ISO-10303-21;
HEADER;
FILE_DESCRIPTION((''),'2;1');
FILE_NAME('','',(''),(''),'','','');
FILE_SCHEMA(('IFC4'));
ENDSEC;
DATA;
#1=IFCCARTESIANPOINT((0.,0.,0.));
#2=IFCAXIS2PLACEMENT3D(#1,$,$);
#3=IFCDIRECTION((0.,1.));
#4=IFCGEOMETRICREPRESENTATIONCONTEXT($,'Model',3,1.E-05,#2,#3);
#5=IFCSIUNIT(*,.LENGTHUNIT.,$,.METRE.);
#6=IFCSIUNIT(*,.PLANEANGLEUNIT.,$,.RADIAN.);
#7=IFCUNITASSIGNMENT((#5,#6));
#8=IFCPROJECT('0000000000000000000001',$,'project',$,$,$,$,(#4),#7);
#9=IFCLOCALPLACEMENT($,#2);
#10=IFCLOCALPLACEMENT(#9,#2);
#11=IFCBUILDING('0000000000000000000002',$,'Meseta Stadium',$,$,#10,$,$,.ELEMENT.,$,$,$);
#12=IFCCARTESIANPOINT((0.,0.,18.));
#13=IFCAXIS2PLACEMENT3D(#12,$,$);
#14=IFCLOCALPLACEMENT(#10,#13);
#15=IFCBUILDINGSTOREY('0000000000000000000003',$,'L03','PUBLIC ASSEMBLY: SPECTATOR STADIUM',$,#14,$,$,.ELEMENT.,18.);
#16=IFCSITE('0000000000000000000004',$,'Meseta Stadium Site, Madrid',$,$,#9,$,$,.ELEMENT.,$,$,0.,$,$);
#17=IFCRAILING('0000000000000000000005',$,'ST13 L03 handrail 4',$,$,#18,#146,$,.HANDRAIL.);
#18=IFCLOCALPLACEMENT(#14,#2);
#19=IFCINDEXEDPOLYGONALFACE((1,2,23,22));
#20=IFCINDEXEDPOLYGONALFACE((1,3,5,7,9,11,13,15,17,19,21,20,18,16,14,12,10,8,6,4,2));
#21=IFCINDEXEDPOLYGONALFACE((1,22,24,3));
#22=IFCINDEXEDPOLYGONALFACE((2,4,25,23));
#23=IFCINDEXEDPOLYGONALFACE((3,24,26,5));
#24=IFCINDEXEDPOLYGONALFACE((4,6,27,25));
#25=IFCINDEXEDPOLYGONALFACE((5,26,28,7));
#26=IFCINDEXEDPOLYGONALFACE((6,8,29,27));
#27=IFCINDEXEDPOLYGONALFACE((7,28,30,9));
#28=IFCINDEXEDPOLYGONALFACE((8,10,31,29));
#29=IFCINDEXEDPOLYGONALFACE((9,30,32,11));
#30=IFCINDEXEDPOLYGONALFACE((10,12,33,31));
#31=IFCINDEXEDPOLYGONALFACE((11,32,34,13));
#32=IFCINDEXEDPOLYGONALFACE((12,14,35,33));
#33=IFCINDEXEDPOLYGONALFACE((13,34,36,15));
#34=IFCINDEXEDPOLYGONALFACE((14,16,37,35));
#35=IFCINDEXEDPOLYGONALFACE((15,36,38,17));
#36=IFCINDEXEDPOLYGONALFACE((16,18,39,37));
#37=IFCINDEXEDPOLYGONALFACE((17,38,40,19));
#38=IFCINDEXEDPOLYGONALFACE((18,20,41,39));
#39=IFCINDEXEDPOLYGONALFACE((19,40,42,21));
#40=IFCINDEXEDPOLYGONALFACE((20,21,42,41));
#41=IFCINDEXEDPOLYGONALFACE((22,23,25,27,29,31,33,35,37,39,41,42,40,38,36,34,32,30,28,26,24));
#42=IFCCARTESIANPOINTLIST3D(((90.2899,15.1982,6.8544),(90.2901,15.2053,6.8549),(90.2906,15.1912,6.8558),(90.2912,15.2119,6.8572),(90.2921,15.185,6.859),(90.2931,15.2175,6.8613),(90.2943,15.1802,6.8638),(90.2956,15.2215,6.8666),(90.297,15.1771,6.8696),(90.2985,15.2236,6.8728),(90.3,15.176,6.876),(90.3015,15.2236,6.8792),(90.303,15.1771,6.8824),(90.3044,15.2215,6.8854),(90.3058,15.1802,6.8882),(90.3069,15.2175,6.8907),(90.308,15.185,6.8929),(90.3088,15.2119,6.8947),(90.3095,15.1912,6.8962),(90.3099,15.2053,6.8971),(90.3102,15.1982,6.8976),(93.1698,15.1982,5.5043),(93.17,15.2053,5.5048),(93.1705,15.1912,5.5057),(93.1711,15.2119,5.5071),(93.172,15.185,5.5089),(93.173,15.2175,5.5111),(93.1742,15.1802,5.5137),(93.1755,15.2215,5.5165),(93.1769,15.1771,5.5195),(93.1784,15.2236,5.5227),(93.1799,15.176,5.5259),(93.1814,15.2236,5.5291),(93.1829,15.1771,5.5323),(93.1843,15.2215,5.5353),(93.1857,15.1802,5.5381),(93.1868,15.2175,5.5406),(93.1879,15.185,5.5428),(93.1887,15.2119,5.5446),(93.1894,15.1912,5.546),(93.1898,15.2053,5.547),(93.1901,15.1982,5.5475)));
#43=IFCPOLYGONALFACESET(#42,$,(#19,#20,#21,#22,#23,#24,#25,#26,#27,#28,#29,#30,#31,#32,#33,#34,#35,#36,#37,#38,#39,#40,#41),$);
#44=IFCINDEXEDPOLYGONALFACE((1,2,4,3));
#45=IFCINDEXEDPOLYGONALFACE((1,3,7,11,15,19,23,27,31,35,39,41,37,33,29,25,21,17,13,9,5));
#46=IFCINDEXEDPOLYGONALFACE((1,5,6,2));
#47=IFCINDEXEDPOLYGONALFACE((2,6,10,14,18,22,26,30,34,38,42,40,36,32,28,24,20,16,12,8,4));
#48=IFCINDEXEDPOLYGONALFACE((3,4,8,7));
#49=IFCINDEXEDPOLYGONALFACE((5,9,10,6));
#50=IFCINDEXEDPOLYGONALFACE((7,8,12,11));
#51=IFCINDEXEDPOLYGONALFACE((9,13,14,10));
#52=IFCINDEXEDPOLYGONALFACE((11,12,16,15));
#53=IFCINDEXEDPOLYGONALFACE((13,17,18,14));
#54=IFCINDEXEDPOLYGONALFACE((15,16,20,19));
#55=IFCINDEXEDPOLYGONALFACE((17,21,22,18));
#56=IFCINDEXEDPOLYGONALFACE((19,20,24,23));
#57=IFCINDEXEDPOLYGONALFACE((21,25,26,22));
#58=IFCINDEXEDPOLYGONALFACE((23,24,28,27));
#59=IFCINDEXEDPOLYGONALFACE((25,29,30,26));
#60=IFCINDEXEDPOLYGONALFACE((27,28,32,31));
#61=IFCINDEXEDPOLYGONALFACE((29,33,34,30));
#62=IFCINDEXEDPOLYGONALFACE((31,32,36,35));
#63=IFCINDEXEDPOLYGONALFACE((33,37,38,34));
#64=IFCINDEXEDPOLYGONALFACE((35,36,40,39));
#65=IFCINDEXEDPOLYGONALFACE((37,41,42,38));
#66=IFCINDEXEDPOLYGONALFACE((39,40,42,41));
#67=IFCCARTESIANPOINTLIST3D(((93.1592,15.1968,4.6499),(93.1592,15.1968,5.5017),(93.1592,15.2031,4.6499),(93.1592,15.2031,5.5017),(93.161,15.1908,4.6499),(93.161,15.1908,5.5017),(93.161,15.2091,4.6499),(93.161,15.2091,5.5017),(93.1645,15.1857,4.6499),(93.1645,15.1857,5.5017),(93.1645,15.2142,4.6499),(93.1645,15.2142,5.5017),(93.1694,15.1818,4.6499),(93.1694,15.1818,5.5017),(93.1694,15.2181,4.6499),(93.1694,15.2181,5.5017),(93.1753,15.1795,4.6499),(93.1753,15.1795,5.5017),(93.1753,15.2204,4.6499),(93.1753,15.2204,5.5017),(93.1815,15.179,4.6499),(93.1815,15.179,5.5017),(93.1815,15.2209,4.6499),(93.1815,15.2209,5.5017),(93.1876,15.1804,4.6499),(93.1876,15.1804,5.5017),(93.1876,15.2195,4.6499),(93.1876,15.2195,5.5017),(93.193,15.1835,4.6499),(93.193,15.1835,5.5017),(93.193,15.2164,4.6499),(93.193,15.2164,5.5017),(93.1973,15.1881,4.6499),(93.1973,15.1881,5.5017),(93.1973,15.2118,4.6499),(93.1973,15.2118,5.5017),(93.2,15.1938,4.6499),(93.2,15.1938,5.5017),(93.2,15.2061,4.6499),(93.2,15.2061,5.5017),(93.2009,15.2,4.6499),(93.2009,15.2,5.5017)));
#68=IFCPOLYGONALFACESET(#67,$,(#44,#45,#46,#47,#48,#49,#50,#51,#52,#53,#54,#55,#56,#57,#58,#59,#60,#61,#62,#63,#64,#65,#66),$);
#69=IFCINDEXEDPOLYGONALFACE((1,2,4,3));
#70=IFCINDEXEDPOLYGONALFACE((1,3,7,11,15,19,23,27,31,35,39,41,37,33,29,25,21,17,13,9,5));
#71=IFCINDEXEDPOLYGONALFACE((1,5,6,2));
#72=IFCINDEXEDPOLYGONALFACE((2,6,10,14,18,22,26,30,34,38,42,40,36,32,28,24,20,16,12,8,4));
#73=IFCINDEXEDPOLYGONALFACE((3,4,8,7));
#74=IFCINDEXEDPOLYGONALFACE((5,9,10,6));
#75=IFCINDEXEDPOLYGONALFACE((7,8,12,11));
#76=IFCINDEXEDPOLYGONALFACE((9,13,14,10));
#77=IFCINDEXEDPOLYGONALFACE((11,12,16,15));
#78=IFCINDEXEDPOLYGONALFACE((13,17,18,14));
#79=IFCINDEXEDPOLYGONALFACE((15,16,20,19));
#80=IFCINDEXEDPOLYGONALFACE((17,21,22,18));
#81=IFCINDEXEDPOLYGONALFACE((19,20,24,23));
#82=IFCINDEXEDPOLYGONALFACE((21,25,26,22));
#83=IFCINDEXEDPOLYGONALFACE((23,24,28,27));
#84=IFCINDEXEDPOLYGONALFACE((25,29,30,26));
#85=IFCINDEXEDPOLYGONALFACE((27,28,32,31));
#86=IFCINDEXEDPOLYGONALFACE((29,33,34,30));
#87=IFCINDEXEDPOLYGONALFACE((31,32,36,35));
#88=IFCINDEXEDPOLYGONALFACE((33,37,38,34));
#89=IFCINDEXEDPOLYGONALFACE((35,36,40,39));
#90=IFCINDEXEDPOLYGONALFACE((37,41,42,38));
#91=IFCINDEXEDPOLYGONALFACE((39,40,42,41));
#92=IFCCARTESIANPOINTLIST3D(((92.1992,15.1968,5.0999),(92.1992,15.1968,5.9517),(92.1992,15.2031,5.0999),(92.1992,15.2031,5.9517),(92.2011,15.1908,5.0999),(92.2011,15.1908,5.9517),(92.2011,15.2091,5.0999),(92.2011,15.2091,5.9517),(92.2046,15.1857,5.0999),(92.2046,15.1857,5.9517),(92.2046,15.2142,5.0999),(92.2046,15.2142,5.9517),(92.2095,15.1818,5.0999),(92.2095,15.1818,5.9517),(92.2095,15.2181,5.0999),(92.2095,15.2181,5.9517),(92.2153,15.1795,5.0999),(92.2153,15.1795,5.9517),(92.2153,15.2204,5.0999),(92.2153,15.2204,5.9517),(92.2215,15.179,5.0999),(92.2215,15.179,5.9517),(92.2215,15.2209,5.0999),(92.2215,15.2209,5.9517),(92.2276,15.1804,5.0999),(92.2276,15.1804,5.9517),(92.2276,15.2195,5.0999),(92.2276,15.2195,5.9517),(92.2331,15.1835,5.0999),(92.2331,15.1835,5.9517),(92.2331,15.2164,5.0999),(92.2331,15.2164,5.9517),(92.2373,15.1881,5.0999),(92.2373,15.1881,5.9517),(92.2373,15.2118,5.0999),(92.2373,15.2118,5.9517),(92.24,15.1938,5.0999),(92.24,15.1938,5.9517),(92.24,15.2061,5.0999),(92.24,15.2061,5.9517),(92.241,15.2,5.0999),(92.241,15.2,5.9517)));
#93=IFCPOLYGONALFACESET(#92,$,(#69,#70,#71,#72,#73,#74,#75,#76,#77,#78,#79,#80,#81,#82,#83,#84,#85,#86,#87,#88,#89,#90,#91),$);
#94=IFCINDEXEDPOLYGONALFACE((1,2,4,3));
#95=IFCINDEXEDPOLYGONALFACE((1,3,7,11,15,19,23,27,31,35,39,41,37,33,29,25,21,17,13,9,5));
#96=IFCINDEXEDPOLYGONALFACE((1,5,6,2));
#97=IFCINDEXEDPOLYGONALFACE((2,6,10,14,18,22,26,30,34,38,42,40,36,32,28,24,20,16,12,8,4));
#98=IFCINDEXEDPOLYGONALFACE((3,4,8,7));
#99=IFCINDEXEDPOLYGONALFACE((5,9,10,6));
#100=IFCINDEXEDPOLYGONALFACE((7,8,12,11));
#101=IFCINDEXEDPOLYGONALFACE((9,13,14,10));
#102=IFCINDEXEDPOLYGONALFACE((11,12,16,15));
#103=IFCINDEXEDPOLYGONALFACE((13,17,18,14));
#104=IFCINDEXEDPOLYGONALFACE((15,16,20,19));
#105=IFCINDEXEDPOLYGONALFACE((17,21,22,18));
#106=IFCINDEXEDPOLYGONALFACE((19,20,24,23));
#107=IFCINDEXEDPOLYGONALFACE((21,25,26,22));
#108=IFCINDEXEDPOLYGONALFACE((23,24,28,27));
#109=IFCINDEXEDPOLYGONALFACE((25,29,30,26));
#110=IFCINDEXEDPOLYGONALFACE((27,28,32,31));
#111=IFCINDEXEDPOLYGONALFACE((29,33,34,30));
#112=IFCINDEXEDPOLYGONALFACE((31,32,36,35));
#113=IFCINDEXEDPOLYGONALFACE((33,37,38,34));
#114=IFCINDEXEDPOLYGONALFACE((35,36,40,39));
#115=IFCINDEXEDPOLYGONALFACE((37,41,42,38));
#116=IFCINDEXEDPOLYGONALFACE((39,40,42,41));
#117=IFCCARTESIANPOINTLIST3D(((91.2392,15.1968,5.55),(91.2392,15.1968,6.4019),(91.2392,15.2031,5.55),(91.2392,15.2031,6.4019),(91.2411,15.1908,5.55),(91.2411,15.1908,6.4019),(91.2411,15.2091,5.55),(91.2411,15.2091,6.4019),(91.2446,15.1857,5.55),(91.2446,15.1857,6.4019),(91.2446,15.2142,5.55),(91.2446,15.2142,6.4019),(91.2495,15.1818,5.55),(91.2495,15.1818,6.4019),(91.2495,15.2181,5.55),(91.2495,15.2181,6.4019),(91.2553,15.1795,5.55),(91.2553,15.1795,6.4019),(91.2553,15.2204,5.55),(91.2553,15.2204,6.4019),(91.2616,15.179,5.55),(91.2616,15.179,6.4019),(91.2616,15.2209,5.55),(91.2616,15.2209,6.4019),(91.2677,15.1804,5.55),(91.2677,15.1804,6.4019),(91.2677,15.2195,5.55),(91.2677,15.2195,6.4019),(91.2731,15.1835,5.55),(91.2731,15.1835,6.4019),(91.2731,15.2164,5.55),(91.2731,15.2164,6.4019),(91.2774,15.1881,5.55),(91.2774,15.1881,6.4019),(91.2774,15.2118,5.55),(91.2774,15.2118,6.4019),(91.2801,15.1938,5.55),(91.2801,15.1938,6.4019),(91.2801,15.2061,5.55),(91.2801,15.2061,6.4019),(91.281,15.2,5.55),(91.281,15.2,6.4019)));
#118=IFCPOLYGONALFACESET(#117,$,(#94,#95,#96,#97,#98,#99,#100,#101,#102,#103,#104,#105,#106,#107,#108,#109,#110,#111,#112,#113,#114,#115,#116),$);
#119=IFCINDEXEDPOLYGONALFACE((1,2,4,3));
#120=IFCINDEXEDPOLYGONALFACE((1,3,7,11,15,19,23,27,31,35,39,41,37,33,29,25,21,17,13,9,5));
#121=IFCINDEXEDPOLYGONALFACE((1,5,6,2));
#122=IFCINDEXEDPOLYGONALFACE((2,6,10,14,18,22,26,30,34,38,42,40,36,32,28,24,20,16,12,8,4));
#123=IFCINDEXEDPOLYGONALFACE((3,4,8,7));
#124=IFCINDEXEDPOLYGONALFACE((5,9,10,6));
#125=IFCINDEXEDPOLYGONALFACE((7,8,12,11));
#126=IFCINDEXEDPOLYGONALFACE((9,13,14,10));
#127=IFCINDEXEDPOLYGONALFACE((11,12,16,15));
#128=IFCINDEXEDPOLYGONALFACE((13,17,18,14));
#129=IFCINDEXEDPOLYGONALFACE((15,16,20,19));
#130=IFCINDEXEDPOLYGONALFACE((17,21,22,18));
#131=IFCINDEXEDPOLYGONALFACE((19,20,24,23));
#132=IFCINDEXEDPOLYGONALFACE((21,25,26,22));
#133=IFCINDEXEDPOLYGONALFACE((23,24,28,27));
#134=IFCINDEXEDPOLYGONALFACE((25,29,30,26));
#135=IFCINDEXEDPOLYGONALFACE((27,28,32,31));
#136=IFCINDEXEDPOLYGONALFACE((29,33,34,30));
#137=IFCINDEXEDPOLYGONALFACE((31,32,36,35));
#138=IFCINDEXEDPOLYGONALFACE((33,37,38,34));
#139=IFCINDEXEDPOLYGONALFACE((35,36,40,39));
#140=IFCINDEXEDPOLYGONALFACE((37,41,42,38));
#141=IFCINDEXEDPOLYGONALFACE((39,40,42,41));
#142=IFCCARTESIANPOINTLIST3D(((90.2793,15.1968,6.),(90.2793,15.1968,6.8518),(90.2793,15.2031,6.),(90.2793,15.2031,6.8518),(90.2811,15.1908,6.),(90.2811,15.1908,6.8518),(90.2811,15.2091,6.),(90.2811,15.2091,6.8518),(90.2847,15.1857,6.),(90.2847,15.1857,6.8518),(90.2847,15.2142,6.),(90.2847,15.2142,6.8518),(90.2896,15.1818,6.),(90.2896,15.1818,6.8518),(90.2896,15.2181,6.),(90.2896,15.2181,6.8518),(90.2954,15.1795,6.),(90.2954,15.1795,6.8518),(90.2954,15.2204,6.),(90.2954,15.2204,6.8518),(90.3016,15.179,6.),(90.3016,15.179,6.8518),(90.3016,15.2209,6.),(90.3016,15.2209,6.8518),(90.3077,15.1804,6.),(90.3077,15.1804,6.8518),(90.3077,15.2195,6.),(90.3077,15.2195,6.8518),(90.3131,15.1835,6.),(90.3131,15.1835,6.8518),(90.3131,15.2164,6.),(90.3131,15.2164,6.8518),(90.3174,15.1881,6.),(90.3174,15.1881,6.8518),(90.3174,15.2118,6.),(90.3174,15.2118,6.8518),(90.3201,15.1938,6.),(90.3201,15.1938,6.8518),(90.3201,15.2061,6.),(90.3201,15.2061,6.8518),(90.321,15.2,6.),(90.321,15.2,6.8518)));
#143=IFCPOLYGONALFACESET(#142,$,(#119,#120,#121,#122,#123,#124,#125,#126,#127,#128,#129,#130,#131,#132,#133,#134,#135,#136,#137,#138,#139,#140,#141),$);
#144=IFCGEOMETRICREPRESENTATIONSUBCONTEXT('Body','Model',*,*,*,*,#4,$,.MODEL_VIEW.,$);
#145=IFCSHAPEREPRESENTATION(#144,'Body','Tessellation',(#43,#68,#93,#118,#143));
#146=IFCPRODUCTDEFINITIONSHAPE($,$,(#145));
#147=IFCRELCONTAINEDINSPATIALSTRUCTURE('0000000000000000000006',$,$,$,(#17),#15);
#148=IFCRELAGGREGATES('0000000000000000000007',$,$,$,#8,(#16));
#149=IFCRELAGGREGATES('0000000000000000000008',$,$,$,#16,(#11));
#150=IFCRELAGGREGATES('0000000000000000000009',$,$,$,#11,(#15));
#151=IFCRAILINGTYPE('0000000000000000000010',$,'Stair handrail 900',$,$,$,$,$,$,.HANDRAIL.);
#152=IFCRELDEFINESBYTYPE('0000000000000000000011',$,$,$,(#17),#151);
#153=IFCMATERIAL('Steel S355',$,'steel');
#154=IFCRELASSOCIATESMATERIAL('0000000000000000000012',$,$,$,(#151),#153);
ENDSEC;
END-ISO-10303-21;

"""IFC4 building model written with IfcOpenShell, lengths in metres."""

from ifc_helpers import new_model, si_unit, direction, frame, origin, origin_2d, place, context, subcontext, project, spatial, circle, extrude, material, type_object, element, save


model = new_model("IFC4")

# Units and contexts
model_context = context("Model", 3, precision=1e-05, world=origin(), true_north=direction((0.0, 1.0)))
body_context = subcontext(model_context, "Body", "Model", "MODEL_VIEW")
ifc_project = project(units=[si_unit("LENGTHUNIT", "METRE"), si_unit("PLANEANGLEUNIT", "RADIAN")], contexts=[model_context])

# Site, building, storey
site_placement = place(None, origin())
site = spatial("IfcSite", under=ifc_project, at=site_placement, Name="Meseta Stadium Site, Madrid", CompositionType="ELEMENT", RefElevation=0.0)
building_placement = place(site_placement, origin())
building = spatial("IfcBuilding", under=site, at=building_placement, Name="Meseta Stadium", CompositionType="ELEMENT")
storey_placement = place(building_placement, frame((0.0, 0.0, 18.0)))
storey = spatial("IfcBuildingStorey", under=building, at=storey_placement, Name="L03", Description="PUBLIC ASSEMBLY: SPECTATOR STADIUM", CompositionType="ELEMENT", Elevation=18.0)

# Railing
ifc_material_1 = material(Name="Steel S355", Category="steel")
railing_type_1 = type_object("IfcRailingType", Name="Stair handrail 900", PredefinedType="HANDRAIL", material=ifc_material_1)
for number, where, name in (
    (1, (93.1799, 15.2, 4.6499), "ST13 L03 handrail 4"),
):
    element("IfcRailing", number, at=place(storey_placement, frame(where)), inside=storey, type_object=railing_type_1, Name=name, PredefinedType="HANDRAIL", context=body_context, shape_type="SweptSolid", body=[
        extrude(circle(Radius=0.0239, at=origin_2d()), frame((0.0, 0.0, 0.876), z_axis=(-0.90544, 0.0, 0.424473), x_axis=(0.0, -1.0, 0.0)), (0.0, 0.0, 1.0), 3.1807),
        extrude(circle(Radius=0.021, at=origin_2d()), origin(), (0.0, 0.0, 1.0), 0.8518),
        extrude(circle(Radius=0.021, at=origin_2d()), frame((-0.96, 0.0, 0.45)), (0.0, 0.0, 1.0), 0.8518),
        extrude(circle(Radius=0.021, at=origin_2d()), frame((-1.9199, 0.0, 0.9001)), (0.0, 0.0, 1.0), 0.8518),
        extrude(circle(Radius=0.021, at=origin_2d()), frame((-2.8799, 0.0, 1.3501)), (0.0, 0.0, 1.0), 0.8518),
    ])

save(model, "model.ifc")
